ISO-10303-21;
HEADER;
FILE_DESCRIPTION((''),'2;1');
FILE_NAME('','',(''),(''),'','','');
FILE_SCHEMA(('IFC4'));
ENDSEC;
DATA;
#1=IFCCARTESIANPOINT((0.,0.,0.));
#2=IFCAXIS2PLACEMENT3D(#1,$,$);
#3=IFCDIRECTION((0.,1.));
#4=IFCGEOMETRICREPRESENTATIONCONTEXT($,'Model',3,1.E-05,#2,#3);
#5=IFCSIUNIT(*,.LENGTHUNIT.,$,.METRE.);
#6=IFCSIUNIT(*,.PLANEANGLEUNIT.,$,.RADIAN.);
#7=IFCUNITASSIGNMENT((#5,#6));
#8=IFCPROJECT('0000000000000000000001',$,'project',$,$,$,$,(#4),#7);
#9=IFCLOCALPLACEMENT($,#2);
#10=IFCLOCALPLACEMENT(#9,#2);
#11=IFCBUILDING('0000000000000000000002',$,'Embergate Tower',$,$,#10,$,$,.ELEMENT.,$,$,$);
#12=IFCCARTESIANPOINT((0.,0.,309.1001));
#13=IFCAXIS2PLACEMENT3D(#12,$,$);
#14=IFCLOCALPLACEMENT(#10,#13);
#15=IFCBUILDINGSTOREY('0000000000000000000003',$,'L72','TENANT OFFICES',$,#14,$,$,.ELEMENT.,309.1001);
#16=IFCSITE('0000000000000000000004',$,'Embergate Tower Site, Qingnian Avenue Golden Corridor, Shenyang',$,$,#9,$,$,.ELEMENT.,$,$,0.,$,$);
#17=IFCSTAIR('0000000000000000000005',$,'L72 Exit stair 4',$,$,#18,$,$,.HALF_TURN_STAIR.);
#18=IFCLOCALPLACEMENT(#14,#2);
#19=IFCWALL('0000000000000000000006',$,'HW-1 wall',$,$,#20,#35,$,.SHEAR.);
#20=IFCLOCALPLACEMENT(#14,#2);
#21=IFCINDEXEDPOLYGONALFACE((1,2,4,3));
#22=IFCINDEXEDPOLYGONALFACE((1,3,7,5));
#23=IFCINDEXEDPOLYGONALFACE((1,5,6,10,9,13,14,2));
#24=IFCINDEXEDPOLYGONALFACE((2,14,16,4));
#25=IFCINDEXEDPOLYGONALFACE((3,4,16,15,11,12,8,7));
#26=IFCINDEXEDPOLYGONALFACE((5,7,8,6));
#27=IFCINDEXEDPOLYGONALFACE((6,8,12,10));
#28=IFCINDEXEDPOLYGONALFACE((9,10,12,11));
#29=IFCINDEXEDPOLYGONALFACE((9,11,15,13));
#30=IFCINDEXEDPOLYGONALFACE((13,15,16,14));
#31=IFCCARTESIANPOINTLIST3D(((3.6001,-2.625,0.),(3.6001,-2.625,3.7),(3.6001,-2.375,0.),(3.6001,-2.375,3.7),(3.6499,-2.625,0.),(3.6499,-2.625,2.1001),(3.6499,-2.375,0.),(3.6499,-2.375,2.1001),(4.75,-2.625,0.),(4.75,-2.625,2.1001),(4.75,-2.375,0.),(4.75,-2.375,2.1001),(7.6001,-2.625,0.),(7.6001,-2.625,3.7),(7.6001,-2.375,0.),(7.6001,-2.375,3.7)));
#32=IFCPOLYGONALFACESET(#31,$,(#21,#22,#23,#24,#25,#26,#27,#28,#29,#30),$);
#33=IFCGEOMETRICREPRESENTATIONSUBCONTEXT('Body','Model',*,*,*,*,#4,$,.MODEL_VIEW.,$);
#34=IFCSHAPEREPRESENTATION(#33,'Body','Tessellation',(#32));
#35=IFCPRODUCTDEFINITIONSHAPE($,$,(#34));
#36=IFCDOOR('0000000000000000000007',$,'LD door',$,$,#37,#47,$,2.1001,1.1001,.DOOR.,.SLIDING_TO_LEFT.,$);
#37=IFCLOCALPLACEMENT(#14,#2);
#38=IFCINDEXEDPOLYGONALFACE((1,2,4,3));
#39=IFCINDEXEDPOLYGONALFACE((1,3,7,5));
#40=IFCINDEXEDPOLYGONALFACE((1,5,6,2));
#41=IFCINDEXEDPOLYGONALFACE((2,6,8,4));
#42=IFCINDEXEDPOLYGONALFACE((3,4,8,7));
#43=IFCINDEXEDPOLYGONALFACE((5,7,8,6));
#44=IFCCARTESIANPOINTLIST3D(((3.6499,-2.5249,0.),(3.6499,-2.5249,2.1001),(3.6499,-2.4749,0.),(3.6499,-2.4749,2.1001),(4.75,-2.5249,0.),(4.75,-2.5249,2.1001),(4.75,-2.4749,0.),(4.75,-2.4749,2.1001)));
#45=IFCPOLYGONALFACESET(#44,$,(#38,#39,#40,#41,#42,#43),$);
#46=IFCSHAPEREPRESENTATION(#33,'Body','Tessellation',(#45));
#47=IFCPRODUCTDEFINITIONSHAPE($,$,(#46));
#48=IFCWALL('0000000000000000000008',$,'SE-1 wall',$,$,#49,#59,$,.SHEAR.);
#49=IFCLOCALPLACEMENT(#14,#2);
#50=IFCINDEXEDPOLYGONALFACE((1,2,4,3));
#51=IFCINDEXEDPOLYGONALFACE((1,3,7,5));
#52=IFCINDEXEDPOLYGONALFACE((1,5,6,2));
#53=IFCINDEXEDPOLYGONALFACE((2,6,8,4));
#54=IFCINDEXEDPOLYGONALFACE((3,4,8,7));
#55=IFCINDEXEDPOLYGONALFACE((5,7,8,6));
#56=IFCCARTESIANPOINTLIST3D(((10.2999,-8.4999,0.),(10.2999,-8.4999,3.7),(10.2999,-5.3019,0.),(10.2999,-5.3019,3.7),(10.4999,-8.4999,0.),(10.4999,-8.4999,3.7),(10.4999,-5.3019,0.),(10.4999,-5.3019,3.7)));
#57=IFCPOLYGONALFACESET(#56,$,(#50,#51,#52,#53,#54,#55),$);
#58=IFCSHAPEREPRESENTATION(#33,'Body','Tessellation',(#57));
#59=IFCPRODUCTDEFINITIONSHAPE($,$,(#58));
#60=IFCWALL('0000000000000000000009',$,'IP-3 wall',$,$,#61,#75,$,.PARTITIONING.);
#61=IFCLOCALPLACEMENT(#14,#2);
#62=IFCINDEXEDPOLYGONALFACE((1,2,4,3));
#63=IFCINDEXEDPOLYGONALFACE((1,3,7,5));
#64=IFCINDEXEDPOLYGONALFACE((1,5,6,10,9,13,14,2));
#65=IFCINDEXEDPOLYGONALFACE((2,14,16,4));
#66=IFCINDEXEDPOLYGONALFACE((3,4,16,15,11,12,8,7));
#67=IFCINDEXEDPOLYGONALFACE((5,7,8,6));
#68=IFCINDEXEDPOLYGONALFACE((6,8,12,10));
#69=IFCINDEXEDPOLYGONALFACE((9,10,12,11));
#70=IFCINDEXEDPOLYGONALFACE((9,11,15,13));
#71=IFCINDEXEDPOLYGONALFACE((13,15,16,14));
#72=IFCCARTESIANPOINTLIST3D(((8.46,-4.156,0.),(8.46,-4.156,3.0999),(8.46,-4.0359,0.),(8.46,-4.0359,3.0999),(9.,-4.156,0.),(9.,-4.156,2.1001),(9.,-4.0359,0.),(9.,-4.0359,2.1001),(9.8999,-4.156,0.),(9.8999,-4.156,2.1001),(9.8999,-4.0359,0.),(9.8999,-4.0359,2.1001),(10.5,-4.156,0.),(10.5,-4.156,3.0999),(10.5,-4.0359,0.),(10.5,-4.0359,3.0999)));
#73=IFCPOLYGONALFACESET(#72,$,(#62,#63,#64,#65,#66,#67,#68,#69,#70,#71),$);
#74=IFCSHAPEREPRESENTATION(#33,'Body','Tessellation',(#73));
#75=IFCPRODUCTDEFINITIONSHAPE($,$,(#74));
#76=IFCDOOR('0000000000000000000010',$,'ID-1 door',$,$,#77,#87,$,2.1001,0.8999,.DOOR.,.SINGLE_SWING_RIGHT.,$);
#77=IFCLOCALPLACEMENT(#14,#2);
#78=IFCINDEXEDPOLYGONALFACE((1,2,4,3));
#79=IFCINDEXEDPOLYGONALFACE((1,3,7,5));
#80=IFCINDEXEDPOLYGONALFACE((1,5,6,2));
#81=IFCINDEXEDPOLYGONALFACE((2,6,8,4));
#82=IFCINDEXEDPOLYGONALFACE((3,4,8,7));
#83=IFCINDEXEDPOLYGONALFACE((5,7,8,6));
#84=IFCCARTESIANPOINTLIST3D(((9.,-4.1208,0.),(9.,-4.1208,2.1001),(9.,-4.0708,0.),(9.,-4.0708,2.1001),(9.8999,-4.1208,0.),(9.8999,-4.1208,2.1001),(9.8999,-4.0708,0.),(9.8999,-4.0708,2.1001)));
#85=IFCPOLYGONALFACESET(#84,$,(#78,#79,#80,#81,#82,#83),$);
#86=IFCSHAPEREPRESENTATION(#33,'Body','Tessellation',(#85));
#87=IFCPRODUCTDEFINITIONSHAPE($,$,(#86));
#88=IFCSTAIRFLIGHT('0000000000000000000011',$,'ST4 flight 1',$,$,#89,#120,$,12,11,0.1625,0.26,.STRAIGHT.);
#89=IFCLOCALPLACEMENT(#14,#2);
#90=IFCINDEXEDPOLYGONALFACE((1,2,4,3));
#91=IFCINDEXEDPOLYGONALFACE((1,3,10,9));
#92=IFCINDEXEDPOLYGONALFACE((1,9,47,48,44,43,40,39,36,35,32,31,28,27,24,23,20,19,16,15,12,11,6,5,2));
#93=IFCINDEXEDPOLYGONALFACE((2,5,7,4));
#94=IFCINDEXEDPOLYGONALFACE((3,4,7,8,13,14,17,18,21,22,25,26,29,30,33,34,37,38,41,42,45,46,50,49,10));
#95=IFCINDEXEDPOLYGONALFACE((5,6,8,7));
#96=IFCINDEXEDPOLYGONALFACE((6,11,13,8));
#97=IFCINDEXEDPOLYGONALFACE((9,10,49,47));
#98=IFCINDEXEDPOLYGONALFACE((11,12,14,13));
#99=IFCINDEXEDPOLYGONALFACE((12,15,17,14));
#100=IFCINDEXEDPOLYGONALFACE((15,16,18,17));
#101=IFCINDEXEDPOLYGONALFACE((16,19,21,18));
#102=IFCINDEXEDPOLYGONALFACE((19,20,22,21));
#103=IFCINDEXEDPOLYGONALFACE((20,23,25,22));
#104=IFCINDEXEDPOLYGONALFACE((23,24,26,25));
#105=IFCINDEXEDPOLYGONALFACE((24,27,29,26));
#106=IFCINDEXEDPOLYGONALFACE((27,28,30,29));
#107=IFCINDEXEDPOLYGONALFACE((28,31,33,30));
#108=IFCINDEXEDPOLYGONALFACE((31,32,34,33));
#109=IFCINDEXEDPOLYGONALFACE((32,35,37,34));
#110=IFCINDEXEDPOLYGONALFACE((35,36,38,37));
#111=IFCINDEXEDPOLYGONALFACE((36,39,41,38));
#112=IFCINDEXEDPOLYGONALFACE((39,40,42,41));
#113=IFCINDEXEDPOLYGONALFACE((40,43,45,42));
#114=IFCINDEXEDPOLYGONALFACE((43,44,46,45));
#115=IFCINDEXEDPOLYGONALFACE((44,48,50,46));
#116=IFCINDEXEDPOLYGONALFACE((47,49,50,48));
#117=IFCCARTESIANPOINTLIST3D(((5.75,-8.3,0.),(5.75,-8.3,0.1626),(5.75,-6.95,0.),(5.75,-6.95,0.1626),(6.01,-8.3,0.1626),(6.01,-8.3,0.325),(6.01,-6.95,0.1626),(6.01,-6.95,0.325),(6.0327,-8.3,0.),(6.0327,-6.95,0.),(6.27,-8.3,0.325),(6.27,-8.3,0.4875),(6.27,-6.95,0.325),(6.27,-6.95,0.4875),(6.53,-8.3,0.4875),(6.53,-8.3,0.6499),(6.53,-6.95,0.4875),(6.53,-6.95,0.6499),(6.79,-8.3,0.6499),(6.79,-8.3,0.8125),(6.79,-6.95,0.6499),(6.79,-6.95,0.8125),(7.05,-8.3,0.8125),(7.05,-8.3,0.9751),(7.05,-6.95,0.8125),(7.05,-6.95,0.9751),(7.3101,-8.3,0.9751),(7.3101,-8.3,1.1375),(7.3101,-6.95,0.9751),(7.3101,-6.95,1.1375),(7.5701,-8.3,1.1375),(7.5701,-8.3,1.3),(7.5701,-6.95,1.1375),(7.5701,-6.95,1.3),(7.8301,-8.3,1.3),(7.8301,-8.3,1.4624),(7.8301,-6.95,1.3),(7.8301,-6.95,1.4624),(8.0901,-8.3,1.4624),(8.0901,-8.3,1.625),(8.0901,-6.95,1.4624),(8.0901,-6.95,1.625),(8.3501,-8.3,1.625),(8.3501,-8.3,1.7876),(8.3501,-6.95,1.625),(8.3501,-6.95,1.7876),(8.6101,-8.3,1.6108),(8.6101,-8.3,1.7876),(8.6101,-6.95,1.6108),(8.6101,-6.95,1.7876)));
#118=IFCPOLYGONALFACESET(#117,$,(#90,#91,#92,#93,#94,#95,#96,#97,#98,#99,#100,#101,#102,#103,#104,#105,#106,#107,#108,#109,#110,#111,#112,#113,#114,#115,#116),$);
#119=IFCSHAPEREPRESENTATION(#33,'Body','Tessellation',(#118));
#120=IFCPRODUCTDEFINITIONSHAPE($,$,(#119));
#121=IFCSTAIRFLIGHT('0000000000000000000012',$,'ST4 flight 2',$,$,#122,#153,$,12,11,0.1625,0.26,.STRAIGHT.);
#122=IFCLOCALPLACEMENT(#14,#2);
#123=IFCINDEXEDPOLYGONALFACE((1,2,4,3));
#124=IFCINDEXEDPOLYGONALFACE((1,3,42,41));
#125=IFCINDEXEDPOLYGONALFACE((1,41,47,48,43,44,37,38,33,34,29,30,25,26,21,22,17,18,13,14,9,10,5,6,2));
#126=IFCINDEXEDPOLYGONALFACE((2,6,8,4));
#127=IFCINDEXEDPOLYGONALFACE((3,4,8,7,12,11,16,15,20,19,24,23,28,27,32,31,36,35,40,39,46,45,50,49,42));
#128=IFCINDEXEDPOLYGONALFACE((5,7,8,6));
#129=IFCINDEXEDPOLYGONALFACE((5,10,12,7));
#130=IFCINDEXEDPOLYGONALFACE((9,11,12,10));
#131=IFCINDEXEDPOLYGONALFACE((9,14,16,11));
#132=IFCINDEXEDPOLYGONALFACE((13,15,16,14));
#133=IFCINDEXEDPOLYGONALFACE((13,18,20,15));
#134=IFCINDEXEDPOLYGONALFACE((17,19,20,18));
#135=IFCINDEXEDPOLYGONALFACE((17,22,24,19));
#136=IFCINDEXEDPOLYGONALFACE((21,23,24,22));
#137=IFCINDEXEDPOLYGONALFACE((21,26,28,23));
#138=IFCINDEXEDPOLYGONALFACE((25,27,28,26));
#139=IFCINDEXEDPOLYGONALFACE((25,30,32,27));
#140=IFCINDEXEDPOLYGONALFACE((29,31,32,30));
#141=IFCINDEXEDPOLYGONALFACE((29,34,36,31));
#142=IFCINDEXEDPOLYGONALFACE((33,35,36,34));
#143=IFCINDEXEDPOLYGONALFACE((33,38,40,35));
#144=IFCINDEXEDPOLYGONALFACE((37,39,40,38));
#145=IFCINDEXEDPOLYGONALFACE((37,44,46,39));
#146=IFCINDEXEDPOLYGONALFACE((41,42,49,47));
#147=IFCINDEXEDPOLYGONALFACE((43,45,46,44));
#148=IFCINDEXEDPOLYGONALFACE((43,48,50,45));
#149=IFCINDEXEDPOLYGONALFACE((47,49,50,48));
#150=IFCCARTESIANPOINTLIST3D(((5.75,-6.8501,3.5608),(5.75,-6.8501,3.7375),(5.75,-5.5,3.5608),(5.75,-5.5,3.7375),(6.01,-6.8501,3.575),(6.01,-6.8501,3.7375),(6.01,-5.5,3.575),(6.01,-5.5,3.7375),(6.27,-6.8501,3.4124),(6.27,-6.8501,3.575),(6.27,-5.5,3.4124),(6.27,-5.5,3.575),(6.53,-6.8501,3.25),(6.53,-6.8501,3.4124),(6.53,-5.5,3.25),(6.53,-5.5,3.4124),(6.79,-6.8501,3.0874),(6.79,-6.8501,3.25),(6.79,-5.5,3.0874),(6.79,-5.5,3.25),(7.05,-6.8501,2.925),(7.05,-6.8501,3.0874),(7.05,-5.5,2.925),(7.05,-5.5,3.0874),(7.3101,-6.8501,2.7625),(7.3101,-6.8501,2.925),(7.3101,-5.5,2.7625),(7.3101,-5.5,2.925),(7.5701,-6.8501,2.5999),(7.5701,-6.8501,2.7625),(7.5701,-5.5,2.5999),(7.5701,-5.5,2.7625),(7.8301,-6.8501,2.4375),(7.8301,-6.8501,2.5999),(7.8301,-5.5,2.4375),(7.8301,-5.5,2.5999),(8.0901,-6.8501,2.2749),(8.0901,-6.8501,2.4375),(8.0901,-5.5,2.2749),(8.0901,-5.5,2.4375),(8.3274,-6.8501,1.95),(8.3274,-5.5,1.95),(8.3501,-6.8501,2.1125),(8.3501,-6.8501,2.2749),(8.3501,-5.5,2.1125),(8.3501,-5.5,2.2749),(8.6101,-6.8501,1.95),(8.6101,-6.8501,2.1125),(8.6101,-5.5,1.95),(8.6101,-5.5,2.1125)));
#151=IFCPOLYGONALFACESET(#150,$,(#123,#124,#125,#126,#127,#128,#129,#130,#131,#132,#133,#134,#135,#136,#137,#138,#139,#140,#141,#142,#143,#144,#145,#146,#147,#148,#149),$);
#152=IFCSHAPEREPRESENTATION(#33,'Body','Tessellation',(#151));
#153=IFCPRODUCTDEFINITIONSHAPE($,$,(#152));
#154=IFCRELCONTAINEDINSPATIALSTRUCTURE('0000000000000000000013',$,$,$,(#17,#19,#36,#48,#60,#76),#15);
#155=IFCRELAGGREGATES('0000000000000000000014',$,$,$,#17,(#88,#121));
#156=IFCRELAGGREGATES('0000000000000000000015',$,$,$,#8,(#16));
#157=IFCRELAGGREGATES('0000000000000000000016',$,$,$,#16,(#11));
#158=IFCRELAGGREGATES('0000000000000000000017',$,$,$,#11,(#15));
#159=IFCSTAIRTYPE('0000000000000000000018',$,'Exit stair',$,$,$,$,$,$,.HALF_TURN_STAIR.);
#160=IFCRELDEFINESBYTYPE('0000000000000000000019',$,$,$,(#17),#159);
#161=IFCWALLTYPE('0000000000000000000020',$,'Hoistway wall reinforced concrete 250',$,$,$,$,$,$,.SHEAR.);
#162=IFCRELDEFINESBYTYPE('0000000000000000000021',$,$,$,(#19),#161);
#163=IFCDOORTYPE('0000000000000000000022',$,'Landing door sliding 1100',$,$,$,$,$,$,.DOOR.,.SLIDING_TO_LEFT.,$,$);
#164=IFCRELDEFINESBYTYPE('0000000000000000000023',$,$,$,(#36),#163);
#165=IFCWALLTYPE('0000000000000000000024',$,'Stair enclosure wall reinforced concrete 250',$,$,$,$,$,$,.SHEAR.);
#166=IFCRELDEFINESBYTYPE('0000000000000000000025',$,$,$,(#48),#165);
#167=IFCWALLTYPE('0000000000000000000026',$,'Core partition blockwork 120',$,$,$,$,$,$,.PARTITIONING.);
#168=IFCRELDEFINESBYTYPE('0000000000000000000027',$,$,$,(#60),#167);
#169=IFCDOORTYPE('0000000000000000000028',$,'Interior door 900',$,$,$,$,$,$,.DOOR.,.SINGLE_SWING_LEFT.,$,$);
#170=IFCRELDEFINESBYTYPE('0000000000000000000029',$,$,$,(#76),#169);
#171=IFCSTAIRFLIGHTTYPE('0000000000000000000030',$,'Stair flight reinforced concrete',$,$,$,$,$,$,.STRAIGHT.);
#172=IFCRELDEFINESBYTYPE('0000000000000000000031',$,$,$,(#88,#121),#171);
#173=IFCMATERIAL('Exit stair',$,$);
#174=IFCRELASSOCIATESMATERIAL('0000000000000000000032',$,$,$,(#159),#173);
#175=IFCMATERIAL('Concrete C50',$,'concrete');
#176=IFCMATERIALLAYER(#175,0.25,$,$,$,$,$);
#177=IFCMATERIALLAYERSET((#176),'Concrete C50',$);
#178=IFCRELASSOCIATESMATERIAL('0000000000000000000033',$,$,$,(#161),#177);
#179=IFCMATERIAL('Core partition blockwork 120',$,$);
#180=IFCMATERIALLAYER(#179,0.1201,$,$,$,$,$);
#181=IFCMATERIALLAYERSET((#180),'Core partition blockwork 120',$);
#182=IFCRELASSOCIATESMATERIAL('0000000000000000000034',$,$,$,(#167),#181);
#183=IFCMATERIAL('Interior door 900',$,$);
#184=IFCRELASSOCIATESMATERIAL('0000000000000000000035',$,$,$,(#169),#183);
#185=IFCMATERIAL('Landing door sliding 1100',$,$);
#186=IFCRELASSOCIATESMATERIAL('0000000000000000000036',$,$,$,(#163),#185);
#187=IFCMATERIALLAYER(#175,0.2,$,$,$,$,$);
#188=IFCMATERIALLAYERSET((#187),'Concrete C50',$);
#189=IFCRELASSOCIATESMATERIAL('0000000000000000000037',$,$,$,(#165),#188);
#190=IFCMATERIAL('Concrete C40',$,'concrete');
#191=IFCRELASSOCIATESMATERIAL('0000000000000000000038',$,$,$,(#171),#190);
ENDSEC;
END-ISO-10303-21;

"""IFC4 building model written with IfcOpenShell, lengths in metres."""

from ifc_helpers import new_model, si_unit, direction, frame, frame_2d, origin, place, context, subcontext, project, spatial, polyline, rectangle, outline, extrude, source, transform, mapped, material, layer, layer_set, type_object, element, fill, aggregate, save


model = new_model("IFC4")

# Units and contexts
model_context = context("Model", 3, precision=1e-05, world=origin(), true_north=direction((0.0, 1.0)))
body_context = subcontext(model_context, "Body", "Model", "MODEL_VIEW")
ifc_project = project(units=[si_unit("LENGTHUNIT", "METRE"), si_unit("PLANEANGLEUNIT", "RADIAN")], contexts=[model_context])

# Site, building, storey
site_placement = place(None, origin())
site = spatial("IfcSite", under=ifc_project, at=site_placement, Name="Embergate Tower Site, Qingnian Avenue Golden Corridor, Shenyang", CompositionType="ELEMENT", RefElevation=0.0)
building_placement = place(site_placement, origin())
building = spatial("IfcBuilding", under=site, at=building_placement, Name="Embergate Tower", CompositionType="ELEMENT")
storey_placement = place(building_placement, frame((0.0, 0.0, 309.1001)))
storey = spatial("IfcBuildingStorey", under=building, at=storey_placement, Name="L72", Description="TENANT OFFICES", CompositionType="ELEMENT", Elevation=309.1001)

# Stair
ifc_material_1 = material(Name="Exit stair")
stair_type = type_object("IfcStairType", Name="Exit stair", PredefinedType="HALF_TURN_STAIR", material=ifc_material_1)
stair_placement = place(storey_placement, origin())
stair = element("IfcStair", 1, at=stair_placement, inside=storey, type_object=stair_type, Name="L72 Exit stair 4", PredefinedType="HALF_TURN_STAIR")
ifc_material_2 = material(Name="Concrete C40", Category="concrete")

# Shared definitions
ifc_material_3 = material(Name="Concrete C50", Category="concrete")

# Shared definitions
ifc_layer_1 = layer(ifc_material_3, 0.25)
ifc_layer_set_1 = layer_set([ifc_layer_1], Name="Concrete C50")
wall_type_1 = type_object("IfcWallType", Name="Hoistway wall reinforced concrete 250", PredefinedType="SHEAR", material=ifc_layer_set_1)

# Wall, opening, door
ifc_material_4 = material(Name="Core partition blockwork 120")
ifc_layer_2 = layer(ifc_material_4, 0.1201)
ifc_layer_set_2 = layer_set([ifc_layer_2], Name="Core partition blockwork 120")
wall_type_2 = type_object("IfcWallType", Name="Core partition blockwork 120", PredefinedType="PARTITIONING", material=ifc_layer_set_2)
shared_shape_1 = source(origin(), body_context, "Body", "SweptSolid", [
    extrude(rectangle(XDim=0.8999, YDim=2.1001, at=frame_2d((0.45, 1.05))), frame((0.0, 0.0701, 0.0), z_axis=(0.0, -1.0, 0.0), x_axis=(1.0, 0.0, 0.0)), (0.0, 0.0, 1.0), 0.1401),
])
ifc_material_5 = material(Name="Interior door 900")
door_type_1 = type_object("IfcDoorType", Name="Interior door 900", OperationType="SINGLE_SWING_LEFT", PredefinedType="DOOR", material=ifc_material_5)
shared_shape_2 = source(origin(), body_context, "Body", "SweptSolid", [
    extrude(rectangle(XDim=0.8999, YDim=2.1001, at=frame_2d((0.45, 1.05))), frame((0.0, 0.0249, 0.0), z_axis=(0.0, -1.0, 0.0), x_axis=(1.0, 0.0, 0.0)), (0.0, 0.0, 1.0), 0.05),
])
shared_shape_3 = source(origin(), body_context, "Body", "SweptSolid", [
    extrude(rectangle(XDim=4.0, YDim=0.25, at=frame_2d((2.0, 0.0))), origin(), (0.0, 0.0, 1.0), 3.7),
])
wall_1_placement = place(storey_placement, frame((7.6001, -2.5, 0.0), z_axis=(0.0, 0.0, 1.0), x_axis=(-1.0, 0.0, 0.0)))
wall_1 = element("IfcWall", 2, at=wall_1_placement, inside=storey, type_object=wall_type_1, Name="HW-1 wall", PredefinedType="SHEAR", context=body_context, shape_type="MappedRepresentation", body=[
    mapped(shared_shape_3, transform((0.0, 0.0, 0.0))),
])
shared_shape_4 = source(origin(), body_context, "Body", "SweptSolid", [
    extrude(rectangle(XDim=1.1001, YDim=2.1001, at=frame_2d((0.55, 1.05))), frame((0.0, 0.135, 0.0), z_axis=(0.0, -1.0, 0.0), x_axis=(1.0, 0.0, 0.0)), (0.0, 0.0, 1.0), 0.27),
])
opening_1_placement = place(wall_1_placement, frame((2.8501, 0.0, 0.0)))
opening_1 = element("IfcOpeningElement", 3, at=opening_1_placement, cuts=wall_1, PredefinedType="OPENING", context=body_context, shape_type="MappedRepresentation", body=[
    mapped(shared_shape_4, transform((0.0, 0.0, 0.0))),
])
ifc_material_6 = material(Name="Landing door sliding 1100")
door_type_2 = type_object("IfcDoorType", Name="Landing door sliding 1100", OperationType="SLIDING_TO_LEFT", PredefinedType="DOOR", material=ifc_material_6)
shared_shape_5 = source(origin(), body_context, "Body", "SweptSolid", [
    extrude(rectangle(XDim=1.1001, YDim=2.1001, at=frame_2d((0.55, 1.05))), frame((0.0, 0.0249, 0.0), z_axis=(0.0, -1.0, 0.0), x_axis=(1.0, 0.0, 0.0)), (0.0, 0.0, 1.0), 0.05),
])
door_1_placement = place(opening_1_placement, origin())
door_1 = element("IfcDoor", 4, at=door_1_placement, inside=storey, type_object=door_type_2, Name="LD door", OperationType="SLIDING_TO_LEFT", OverallHeight=2.1001, OverallWidth=1.1001, PredefinedType="DOOR", context=body_context, shape_type="MappedRepresentation", body=[
    mapped(shared_shape_5, transform((0.0, 0.0, 0.0))),
])
fill(opening_1, door_1)

# Wall
ifc_layer_3 = layer(ifc_material_3, 0.2)
ifc_layer_set_3 = layer_set([ifc_layer_3], Name="Concrete C50")
wall_type_3 = type_object("IfcWallType", Name="Stair enclosure wall reinforced concrete 250", PredefinedType="SHEAR", material=ifc_layer_set_3)
shared_shape_6 = source(origin(), body_context, "Body", "SweptSolid", [
    extrude(rectangle(XDim=3.198, YDim=0.2, at=frame_2d((1.5991, 0.0))), origin(), (0.0, 0.0, 1.0), 3.7),
])
wall_2_placement = place(storey_placement, frame((10.3999, -8.5, 0.0), z_axis=(0.0, 0.0, 1.0), x_axis=(0.0, 1.0, 0.0)))
element("IfcWall", 5, at=wall_2_placement, inside=storey, type_object=wall_type_3, Name="SE-1 wall", PredefinedType="SHEAR", context=body_context, shape_type="MappedRepresentation", body=[
    mapped(shared_shape_6, transform((0.0, 0.0, 0.0))),
])

# Wall, opening, door
shared_shape_7 = source(origin(), body_context, "Body", "SweptSolid", [
    extrude(rectangle(XDim=2.04, YDim=0.1201, at=frame_2d((1.02, 0.0))), origin(), (0.0, 0.0, 1.0), 3.0999),
])
wall_3_placement = place(storey_placement, frame((10.5, -4.0959, 0.0), z_axis=(0.0, 0.0, 1.0), x_axis=(-1.0, 0.0, 0.0)))
wall_3 = element("IfcWall", 6, at=wall_3_placement, inside=storey, type_object=wall_type_2, Name="IP-3 wall", PredefinedType="PARTITIONING", context=body_context, shape_type="MappedRepresentation", body=[
    mapped(shared_shape_7, transform((0.0, 0.0, 0.0))),
])
opening_2_placement = place(wall_3_placement, frame((0.6001, 0.0, 0.0)))
opening_2 = element("IfcOpeningElement", 7, at=opening_2_placement, cuts=wall_3, PredefinedType="OPENING", context=body_context, shape_type="MappedRepresentation", body=[
    mapped(shared_shape_1, transform((0.0, 0.0, 0.0))),
])
door_2_placement = place(opening_2_placement, origin())
door_2 = element("IfcDoor", 8, at=door_2_placement, inside=storey, type_object=door_type_1, Name="ID-1 door", OperationType="SINGLE_SWING_RIGHT", OverallHeight=2.1001, OverallWidth=0.8999, PredefinedType="DOOR", context=body_context, shape_type="MappedRepresentation", body=[
    mapped(shared_shape_2, transform((0.0, 0.0, 0.0))),
])
fill(opening_2, door_2)

# Stair flights
stair_flight_type = type_object("IfcStairFlightType", Name="Stair flight reinforced concrete", PredefinedType="STRAIGHT", material=ifc_material_2)
shared_shape_8 = source(origin(), body_context, "Body", "SweptSolid", [
    extrude(outline(polyline([(0.0, 0.0), (0.0, 0.1626), (0.26, 0.1626), (0.26, 0.325), (0.52, 0.325), (0.52, 0.4875), (0.78, 0.4875), (0.78, 0.6499), (1.04, 0.6499), (1.04, 0.8125), (1.3, 0.8125), (1.3, 0.9751), (1.5601, 0.9751), (1.5601, 1.1375), (1.8201, 1.1375), (1.8201, 1.3), (2.0801, 1.3), (2.0801, 1.4624), (2.3401, 1.4624), (2.3401, 1.625), (2.6001, 1.625), (2.6001, 1.7876), (2.8601, 1.7876), (2.8601, 1.95), (2.8601, 1.6108), (0.2827, 0.0), (0.0, 0.0)])), frame((0.0, 0.675, 0.0), z_axis=(0.0, -1.0, 0.0), x_axis=(1.0, 0.0, 0.0)), (0.0, 0.0, 1.0), 1.3501),
])
stair_flight_1_placement = place(storey_placement, frame((5.75, -7.625, 0.0), z_axis=(0.0, 0.0, 1.0), x_axis=(1.0, 0.0, 0.0)))
stair_flight_1 = element("IfcStairFlight", 9, at=stair_flight_1_placement, type_object=stair_flight_type, Name="ST4 flight 1", NumberOfRisers=12, NumberOfTreads=11, PredefinedType="STRAIGHT", RiserHeight=0.1625, TreadLength=0.26, context=body_context, shape_type="MappedRepresentation", body=[
    mapped(shared_shape_8, transform((0.0, 0.0, 0.0))),
])
stair_flight_2_placement = place(storey_placement, frame((8.6101, -6.175, 1.95), z_axis=(0.0, 0.0, 1.0), x_axis=(-1.0, 0.0, 0.0)))
stair_flight_2 = element("IfcStairFlight", 10, at=stair_flight_2_placement, type_object=stair_flight_type, Name="ST4 flight 2", NumberOfRisers=12, NumberOfTreads=11, PredefinedType="STRAIGHT", RiserHeight=0.1625, TreadLength=0.26, context=body_context, shape_type="MappedRepresentation", body=[
    mapped(shared_shape_8, transform((0.0, 0.0, 0.0))),
])
aggregate(stair, [stair_flight_1, stair_flight_2])

save(model, "model.ifc")
